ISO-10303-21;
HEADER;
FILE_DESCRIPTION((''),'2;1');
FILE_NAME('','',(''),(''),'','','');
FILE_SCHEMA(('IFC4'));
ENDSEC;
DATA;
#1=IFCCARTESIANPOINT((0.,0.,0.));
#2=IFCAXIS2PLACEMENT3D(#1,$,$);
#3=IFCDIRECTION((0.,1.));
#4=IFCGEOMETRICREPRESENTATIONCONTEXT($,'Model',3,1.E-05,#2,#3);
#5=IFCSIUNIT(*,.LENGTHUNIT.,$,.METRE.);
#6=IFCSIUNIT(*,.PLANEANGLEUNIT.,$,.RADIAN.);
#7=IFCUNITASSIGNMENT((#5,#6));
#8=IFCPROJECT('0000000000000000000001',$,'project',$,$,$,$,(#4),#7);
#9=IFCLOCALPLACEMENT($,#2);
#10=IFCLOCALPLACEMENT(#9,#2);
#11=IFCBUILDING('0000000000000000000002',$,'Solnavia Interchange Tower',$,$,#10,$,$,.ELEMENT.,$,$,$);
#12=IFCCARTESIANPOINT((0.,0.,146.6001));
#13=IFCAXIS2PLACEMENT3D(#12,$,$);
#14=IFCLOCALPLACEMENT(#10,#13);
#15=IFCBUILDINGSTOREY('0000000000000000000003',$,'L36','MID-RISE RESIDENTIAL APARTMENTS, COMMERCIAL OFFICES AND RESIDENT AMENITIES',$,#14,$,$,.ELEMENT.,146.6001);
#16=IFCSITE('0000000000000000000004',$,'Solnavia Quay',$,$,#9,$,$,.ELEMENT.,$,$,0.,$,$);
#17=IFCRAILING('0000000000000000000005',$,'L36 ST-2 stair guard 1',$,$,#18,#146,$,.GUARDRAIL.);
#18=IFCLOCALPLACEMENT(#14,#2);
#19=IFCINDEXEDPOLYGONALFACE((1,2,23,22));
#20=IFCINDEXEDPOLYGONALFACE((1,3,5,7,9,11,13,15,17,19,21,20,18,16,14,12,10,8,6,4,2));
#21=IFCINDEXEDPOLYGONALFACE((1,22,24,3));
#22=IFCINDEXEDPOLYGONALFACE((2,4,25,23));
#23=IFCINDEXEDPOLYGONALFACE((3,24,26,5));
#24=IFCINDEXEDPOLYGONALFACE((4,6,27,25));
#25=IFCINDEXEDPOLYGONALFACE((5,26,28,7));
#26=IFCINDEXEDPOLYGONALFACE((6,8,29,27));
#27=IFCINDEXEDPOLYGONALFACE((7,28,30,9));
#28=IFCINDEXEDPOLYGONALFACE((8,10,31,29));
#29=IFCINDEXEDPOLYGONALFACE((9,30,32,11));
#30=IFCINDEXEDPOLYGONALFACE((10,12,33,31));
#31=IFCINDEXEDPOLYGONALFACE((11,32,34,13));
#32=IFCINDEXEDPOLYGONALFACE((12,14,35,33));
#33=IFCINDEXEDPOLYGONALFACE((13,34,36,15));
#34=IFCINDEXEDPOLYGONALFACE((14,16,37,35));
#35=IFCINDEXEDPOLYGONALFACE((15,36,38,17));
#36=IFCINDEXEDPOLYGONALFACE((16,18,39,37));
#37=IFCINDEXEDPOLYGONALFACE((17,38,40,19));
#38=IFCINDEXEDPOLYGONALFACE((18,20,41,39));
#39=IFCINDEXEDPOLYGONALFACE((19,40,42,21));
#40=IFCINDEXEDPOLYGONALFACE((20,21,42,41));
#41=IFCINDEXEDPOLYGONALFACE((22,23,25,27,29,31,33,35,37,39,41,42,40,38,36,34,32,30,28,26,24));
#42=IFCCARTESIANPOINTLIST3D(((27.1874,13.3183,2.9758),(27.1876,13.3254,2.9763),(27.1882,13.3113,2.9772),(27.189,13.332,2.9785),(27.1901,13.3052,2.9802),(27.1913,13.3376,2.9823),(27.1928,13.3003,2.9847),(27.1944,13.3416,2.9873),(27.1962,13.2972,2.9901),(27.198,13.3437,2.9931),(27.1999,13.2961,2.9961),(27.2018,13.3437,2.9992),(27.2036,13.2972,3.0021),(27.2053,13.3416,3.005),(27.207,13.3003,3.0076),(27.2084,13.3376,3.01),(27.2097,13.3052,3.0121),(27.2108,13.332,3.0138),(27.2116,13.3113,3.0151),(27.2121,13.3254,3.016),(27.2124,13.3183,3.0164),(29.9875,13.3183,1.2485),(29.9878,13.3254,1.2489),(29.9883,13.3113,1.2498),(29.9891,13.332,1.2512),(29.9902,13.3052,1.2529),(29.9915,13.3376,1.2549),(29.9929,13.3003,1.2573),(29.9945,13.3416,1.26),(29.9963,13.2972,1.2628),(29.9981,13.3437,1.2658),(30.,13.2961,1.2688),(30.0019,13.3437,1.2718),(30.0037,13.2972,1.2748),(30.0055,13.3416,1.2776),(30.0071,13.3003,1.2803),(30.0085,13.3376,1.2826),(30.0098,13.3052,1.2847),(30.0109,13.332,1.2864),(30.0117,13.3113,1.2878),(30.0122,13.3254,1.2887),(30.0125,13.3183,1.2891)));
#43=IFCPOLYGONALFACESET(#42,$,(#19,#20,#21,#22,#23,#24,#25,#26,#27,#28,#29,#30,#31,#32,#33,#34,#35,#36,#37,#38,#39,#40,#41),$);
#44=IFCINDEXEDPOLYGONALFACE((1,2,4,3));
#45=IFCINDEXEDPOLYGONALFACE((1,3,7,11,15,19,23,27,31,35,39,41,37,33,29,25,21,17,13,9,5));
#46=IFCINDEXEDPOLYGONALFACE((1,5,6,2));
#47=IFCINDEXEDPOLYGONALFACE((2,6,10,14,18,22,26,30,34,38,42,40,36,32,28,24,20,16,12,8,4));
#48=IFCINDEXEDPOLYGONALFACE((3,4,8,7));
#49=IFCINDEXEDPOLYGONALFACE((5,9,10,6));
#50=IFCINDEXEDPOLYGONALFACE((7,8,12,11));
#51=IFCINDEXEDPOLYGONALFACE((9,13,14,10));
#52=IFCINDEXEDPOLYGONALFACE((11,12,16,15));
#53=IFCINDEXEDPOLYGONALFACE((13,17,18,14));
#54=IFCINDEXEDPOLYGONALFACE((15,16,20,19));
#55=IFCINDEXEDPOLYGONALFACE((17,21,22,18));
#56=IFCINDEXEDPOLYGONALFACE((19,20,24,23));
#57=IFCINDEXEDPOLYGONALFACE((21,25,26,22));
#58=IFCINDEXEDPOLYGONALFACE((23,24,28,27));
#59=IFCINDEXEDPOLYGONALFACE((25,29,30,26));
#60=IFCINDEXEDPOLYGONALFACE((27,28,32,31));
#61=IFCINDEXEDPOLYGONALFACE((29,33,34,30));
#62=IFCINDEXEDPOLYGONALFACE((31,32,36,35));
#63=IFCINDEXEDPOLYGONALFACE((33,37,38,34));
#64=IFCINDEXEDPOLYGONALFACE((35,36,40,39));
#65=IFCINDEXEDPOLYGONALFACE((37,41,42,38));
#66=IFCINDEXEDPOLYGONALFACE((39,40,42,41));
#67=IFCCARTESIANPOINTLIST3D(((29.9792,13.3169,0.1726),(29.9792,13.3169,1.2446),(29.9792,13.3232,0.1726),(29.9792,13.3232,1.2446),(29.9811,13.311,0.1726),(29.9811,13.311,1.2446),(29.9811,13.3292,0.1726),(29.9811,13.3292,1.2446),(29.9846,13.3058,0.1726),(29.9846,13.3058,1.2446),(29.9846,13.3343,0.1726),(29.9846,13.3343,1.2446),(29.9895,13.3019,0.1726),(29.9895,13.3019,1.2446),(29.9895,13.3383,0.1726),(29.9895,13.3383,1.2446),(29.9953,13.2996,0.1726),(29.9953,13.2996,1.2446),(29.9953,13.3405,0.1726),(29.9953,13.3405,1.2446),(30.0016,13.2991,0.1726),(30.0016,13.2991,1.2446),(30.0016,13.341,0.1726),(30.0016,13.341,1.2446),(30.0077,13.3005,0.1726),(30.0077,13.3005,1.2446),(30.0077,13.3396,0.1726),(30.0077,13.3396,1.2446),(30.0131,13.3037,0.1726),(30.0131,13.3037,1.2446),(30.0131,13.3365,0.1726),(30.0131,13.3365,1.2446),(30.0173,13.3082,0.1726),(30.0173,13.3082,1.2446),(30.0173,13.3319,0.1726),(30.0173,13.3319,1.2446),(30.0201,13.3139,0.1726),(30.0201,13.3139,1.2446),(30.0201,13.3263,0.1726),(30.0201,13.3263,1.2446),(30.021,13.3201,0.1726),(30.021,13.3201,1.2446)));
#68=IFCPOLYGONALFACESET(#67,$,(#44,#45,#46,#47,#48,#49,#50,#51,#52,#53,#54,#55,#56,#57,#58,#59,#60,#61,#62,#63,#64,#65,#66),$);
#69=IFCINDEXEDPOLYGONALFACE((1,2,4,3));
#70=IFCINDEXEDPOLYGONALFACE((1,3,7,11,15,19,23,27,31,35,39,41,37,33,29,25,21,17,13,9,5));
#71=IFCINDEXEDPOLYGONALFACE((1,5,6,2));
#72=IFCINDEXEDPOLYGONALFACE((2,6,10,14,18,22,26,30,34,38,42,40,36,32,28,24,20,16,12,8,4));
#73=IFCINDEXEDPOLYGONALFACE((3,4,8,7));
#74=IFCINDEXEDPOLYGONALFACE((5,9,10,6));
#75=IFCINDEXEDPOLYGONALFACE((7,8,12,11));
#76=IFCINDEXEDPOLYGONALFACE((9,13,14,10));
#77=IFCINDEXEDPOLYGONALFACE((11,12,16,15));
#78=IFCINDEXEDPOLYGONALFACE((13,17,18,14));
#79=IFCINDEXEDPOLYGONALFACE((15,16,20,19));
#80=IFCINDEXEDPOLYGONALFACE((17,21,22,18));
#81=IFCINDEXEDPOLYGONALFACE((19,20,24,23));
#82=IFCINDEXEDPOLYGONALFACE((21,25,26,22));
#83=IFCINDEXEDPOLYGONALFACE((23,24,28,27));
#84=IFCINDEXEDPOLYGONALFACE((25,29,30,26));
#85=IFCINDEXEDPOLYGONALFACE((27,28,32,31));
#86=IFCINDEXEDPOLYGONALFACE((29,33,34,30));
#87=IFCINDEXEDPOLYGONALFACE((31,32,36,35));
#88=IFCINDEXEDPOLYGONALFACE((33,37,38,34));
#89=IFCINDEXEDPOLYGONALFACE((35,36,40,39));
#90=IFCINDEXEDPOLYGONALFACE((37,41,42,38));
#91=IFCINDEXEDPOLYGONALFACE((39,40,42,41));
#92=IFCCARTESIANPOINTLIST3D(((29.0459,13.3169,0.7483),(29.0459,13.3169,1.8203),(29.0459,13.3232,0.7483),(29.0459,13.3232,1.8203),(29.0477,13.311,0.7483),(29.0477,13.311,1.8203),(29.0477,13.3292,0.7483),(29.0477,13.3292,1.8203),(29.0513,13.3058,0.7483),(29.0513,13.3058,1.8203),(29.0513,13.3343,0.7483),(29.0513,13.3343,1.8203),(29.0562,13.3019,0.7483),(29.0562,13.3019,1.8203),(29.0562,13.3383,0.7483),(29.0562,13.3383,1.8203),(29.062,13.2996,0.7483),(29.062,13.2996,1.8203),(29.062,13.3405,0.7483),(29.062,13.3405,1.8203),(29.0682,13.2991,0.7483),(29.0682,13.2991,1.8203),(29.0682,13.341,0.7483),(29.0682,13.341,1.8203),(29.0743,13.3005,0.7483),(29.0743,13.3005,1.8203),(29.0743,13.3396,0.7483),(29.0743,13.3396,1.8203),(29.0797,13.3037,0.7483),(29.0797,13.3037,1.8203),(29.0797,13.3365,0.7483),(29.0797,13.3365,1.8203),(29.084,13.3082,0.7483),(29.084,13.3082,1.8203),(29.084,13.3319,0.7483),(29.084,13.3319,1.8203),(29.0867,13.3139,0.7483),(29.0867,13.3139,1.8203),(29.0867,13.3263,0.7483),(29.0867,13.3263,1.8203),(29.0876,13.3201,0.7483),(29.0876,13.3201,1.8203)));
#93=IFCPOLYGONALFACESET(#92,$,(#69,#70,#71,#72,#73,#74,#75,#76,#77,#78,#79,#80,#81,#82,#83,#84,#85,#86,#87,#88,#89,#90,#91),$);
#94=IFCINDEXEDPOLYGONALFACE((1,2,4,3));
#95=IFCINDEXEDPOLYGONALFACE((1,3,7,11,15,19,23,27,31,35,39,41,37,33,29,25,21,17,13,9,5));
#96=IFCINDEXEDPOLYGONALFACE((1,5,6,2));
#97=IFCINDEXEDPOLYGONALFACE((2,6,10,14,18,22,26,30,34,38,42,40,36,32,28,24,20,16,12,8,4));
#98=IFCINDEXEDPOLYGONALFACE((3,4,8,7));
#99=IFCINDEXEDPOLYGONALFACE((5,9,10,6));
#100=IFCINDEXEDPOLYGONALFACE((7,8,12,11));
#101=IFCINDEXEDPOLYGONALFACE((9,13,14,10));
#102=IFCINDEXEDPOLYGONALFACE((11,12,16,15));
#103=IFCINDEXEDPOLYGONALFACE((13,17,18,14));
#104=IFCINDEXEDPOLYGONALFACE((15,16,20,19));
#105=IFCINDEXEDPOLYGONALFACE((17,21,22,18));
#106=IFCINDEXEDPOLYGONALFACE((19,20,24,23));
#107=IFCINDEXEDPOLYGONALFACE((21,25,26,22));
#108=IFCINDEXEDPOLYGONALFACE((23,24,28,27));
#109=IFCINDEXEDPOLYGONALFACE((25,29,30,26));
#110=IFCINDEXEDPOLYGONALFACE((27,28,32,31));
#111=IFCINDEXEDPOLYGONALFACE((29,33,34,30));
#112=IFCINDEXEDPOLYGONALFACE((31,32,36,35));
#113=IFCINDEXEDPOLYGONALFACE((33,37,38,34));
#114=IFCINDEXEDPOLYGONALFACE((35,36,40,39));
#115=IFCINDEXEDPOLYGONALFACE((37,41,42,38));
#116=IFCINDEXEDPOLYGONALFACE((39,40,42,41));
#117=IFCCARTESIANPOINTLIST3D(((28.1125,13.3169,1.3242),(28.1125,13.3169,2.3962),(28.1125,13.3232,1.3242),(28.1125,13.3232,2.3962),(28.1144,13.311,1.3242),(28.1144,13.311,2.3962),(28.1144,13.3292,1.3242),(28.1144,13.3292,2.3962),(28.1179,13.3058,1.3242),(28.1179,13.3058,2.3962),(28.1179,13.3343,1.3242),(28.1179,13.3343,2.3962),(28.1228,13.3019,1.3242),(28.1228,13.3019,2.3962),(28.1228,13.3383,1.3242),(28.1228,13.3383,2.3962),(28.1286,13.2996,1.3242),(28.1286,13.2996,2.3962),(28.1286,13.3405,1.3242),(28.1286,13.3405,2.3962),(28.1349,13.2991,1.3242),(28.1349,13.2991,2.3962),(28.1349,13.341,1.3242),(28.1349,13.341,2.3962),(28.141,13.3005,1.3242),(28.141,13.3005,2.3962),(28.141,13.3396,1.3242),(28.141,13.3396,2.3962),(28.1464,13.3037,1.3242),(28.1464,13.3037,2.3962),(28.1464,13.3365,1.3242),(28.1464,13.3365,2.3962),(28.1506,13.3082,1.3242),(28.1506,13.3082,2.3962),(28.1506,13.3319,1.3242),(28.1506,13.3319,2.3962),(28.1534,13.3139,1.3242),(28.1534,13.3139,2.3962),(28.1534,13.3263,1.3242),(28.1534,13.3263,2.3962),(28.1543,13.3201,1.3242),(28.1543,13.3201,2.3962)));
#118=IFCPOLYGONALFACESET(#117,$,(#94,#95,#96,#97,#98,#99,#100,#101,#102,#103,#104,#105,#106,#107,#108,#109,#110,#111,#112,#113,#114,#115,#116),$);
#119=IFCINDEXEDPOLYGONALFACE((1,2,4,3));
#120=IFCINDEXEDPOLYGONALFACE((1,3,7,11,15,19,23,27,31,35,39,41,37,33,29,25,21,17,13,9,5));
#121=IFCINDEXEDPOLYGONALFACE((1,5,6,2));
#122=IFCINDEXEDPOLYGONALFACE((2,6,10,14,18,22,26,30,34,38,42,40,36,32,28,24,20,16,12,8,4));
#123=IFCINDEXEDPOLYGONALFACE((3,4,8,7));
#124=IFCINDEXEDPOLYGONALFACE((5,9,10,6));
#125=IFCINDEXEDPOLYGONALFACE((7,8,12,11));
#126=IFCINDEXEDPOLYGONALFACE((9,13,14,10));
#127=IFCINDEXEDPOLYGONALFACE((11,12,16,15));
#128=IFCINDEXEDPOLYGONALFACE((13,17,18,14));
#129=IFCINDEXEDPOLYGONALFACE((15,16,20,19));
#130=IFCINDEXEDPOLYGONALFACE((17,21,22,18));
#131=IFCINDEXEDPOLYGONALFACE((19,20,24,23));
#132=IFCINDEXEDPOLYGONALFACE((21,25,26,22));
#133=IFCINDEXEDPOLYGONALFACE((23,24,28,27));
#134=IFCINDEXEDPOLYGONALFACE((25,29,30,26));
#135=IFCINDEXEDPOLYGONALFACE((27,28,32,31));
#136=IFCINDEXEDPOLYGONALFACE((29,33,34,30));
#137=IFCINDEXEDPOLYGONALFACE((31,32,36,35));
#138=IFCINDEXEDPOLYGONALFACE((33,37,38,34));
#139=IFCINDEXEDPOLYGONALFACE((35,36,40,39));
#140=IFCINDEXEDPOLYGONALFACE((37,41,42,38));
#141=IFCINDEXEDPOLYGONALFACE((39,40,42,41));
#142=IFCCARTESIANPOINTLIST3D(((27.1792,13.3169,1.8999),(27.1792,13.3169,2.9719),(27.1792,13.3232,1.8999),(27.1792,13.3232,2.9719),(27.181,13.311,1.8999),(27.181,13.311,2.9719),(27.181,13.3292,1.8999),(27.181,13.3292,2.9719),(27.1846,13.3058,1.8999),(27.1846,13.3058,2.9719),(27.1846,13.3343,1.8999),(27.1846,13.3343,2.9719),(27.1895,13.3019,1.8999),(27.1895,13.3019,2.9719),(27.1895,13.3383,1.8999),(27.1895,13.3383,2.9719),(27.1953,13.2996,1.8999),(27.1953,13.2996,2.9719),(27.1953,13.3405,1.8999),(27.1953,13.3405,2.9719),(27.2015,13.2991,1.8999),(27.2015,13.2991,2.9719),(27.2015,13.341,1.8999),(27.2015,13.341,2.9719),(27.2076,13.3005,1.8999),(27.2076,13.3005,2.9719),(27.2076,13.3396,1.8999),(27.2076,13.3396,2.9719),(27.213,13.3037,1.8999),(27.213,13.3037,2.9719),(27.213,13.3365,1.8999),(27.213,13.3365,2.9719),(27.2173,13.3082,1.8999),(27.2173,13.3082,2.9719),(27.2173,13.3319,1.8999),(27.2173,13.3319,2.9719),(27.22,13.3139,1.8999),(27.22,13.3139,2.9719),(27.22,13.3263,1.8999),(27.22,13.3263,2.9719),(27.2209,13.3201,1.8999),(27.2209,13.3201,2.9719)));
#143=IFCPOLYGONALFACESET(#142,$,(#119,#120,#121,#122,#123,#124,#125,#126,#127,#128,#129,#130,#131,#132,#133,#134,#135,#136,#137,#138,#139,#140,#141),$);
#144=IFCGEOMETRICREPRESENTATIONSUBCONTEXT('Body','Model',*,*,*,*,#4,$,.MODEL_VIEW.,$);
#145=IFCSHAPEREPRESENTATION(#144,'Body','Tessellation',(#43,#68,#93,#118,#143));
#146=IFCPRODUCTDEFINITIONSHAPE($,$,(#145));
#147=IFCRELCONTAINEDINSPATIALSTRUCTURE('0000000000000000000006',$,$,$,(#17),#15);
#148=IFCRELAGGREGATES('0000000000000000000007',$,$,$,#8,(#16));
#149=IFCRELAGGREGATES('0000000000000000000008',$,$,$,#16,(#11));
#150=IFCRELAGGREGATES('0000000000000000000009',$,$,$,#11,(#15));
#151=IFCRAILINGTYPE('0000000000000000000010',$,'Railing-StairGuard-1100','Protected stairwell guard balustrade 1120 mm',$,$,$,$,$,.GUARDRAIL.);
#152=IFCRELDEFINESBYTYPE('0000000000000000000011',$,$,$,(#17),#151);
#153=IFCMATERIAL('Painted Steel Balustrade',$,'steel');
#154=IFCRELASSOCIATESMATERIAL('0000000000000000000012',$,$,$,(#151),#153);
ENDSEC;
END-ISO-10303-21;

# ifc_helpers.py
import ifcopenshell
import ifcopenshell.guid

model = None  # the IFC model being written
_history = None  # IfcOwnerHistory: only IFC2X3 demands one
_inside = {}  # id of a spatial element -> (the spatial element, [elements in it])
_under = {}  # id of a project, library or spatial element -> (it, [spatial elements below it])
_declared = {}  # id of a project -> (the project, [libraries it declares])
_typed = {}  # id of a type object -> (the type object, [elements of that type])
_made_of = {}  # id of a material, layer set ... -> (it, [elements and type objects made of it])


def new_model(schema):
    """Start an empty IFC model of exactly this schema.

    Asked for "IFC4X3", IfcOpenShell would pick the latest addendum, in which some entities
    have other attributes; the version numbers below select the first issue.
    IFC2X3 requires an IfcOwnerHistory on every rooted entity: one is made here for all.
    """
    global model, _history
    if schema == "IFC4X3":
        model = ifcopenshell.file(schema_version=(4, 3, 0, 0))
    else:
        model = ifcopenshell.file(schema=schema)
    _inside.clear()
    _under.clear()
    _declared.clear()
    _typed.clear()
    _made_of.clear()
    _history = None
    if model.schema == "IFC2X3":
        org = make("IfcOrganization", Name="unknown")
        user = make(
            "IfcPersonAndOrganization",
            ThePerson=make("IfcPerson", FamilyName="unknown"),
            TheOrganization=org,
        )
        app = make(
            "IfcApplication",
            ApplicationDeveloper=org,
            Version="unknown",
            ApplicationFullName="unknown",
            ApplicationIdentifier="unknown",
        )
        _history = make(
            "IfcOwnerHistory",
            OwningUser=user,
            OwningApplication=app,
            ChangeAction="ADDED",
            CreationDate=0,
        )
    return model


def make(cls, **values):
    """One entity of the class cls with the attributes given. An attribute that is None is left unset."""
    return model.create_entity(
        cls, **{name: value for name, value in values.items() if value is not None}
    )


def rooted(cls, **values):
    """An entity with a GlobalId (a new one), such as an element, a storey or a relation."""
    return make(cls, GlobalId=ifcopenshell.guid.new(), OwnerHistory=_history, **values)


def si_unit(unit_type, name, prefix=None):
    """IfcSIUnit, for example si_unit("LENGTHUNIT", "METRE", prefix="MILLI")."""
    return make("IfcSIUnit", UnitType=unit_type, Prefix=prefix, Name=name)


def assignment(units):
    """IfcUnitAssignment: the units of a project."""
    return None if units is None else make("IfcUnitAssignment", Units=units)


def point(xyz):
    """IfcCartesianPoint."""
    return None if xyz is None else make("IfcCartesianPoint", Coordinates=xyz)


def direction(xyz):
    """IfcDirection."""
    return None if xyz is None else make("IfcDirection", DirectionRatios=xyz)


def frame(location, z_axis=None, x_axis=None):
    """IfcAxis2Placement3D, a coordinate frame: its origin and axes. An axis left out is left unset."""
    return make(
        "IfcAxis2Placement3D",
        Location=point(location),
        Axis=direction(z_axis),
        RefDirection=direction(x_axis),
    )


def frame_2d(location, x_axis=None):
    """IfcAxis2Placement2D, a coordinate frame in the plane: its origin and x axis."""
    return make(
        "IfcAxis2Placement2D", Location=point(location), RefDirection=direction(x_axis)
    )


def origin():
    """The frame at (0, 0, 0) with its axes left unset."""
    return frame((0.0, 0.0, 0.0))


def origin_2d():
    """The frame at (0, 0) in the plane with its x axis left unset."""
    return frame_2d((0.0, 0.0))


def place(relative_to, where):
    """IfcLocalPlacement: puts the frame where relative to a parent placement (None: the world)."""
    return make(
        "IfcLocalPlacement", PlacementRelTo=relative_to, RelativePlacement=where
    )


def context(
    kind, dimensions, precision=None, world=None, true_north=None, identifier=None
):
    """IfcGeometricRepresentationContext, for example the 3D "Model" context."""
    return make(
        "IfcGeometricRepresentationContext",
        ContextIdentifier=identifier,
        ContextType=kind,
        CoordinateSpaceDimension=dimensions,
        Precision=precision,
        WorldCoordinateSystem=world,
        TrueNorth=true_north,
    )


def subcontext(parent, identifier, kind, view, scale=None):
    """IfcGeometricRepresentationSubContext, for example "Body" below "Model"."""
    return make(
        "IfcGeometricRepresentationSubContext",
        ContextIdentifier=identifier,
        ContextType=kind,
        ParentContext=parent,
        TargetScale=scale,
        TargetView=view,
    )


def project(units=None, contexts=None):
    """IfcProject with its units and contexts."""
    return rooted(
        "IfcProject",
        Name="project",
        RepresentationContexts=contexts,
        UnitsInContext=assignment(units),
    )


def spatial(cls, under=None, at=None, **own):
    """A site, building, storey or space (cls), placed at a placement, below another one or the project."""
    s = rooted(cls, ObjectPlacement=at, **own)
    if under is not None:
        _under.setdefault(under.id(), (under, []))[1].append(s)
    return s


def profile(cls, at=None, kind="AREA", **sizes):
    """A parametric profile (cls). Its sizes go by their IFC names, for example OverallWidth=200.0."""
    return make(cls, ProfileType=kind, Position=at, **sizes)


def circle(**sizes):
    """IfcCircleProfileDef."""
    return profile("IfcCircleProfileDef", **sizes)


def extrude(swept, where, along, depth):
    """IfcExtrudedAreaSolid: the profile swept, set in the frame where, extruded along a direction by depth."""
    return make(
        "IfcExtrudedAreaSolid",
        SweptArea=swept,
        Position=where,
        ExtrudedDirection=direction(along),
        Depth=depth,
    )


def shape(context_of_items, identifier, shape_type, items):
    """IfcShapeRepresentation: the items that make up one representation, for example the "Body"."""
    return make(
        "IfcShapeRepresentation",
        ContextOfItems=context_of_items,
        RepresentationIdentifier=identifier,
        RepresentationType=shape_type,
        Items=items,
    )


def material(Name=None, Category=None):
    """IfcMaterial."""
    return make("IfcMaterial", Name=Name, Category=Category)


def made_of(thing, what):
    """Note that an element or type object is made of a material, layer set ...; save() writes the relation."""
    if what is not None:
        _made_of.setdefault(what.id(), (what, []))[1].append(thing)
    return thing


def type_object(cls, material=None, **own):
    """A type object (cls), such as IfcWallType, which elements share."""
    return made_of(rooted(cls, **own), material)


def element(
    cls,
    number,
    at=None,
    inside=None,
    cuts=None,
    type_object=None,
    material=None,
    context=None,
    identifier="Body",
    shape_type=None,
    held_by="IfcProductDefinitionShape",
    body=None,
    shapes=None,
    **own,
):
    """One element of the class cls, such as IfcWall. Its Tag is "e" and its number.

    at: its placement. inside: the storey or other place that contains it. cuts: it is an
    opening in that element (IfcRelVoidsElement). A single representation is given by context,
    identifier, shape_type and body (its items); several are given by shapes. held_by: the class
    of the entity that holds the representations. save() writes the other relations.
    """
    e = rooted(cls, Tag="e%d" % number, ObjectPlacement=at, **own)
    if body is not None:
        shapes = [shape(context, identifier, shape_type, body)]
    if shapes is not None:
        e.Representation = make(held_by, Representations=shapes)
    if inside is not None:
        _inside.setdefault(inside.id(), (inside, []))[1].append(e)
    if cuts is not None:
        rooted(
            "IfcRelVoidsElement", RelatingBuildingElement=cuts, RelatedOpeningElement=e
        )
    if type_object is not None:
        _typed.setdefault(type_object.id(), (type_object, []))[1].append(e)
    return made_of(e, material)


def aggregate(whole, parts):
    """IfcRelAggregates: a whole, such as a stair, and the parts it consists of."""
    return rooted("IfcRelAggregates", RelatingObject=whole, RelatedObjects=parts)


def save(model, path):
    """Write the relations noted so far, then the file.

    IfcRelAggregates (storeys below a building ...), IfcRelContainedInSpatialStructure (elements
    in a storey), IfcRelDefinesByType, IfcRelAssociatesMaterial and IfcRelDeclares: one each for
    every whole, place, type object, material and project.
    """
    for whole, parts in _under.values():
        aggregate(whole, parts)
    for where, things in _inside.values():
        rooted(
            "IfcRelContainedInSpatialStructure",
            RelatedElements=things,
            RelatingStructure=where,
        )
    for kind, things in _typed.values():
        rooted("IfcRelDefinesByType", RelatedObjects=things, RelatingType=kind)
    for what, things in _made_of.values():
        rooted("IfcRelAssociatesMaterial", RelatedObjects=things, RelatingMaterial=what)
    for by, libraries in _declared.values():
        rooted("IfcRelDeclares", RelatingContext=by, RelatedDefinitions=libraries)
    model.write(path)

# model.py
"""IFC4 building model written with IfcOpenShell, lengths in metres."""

from ifc_helpers import new_model, si_unit, direction, frame, origin, origin_2d, place, context, subcontext, project, spatial, circle, extrude, material, type_object, element, save


model = new_model("IFC4")

# Units and contexts
model_context = context("Model", 3, precision=1e-05, world=origin(), true_north=direction((0.0, 1.0)))
body_context = subcontext(model_context, "Body", "Model", "MODEL_VIEW")
ifc_project = project(units=[si_unit("LENGTHUNIT", "METRE"), si_unit("PLANEANGLEUNIT", "RADIAN")], contexts=[model_context])

# Site, building, storey
site_placement = place(None, origin())
site = spatial("IfcSite", under=ifc_project, at=site_placement, Name="Solnavia Quay", CompositionType="ELEMENT", RefElevation=0.0)
building_placement = place(site_placement, origin())
building = spatial("IfcBuilding", under=site, at=building_placement, Name="Solnavia Interchange Tower", CompositionType="ELEMENT")
storey_placement = place(building_placement, frame((0.0, 0.0, 146.6001)))
storey = spatial("IfcBuildingStorey", under=building, at=storey_placement, Name="L36", Description="MID-RISE RESIDENTIAL APARTMENTS, COMMERCIAL OFFICES AND RESIDENT AMENITIES", CompositionType="ELEMENT", Elevation=146.6001)

# Railing
ifc_material_1 = material(Name="Painted Steel Balustrade", Category="steel")
railing_type_1 = type_object("IfcRailingType", Name="Railing-StairGuard-1100", Description="Protected stairwell guard balustrade 1120 mm", PredefinedType="GUARDRAIL", material=ifc_material_1)
railing_1_placement = place(storey_placement, frame((30.0, 13.3201, 0.1726)))
element("IfcRailing", 1, at=railing_1_placement, inside=storey, type_object=railing_type_1, Name="L36 ST-2 stair guard 1", PredefinedType="GUARDRAIL", context=body_context, shape_type="SweptSolid", body=[
    extrude(circle(Radius=0.0239, at=origin_2d()), frame((0.0, 0.0, 1.0962), z_axis=(-0.85109, 0.0, 0.52502), x_axis=(0.0, -1.0, 0.0)), (0.0, 0.0, 1.0), 3.29),
    extrude(circle(Radius=0.021, at=origin_2d()), origin(), (0.0, 0.0, 1.0), 1.072),
    extrude(circle(Radius=0.021, at=origin_2d()), frame((-0.9333, 0.0, 0.5757)), (0.0, 0.0, 1.0), 1.072),
    extrude(circle(Radius=0.021, at=origin_2d()), frame((-1.8667, 0.0, 1.1516)), (0.0, 0.0, 1.0), 1.072),
    extrude(circle(Radius=0.021, at=origin_2d()), frame((-2.8, 0.0, 1.7273)), (0.0, 0.0, 1.0), 1.072),
])

save(model, "model.ifc")
